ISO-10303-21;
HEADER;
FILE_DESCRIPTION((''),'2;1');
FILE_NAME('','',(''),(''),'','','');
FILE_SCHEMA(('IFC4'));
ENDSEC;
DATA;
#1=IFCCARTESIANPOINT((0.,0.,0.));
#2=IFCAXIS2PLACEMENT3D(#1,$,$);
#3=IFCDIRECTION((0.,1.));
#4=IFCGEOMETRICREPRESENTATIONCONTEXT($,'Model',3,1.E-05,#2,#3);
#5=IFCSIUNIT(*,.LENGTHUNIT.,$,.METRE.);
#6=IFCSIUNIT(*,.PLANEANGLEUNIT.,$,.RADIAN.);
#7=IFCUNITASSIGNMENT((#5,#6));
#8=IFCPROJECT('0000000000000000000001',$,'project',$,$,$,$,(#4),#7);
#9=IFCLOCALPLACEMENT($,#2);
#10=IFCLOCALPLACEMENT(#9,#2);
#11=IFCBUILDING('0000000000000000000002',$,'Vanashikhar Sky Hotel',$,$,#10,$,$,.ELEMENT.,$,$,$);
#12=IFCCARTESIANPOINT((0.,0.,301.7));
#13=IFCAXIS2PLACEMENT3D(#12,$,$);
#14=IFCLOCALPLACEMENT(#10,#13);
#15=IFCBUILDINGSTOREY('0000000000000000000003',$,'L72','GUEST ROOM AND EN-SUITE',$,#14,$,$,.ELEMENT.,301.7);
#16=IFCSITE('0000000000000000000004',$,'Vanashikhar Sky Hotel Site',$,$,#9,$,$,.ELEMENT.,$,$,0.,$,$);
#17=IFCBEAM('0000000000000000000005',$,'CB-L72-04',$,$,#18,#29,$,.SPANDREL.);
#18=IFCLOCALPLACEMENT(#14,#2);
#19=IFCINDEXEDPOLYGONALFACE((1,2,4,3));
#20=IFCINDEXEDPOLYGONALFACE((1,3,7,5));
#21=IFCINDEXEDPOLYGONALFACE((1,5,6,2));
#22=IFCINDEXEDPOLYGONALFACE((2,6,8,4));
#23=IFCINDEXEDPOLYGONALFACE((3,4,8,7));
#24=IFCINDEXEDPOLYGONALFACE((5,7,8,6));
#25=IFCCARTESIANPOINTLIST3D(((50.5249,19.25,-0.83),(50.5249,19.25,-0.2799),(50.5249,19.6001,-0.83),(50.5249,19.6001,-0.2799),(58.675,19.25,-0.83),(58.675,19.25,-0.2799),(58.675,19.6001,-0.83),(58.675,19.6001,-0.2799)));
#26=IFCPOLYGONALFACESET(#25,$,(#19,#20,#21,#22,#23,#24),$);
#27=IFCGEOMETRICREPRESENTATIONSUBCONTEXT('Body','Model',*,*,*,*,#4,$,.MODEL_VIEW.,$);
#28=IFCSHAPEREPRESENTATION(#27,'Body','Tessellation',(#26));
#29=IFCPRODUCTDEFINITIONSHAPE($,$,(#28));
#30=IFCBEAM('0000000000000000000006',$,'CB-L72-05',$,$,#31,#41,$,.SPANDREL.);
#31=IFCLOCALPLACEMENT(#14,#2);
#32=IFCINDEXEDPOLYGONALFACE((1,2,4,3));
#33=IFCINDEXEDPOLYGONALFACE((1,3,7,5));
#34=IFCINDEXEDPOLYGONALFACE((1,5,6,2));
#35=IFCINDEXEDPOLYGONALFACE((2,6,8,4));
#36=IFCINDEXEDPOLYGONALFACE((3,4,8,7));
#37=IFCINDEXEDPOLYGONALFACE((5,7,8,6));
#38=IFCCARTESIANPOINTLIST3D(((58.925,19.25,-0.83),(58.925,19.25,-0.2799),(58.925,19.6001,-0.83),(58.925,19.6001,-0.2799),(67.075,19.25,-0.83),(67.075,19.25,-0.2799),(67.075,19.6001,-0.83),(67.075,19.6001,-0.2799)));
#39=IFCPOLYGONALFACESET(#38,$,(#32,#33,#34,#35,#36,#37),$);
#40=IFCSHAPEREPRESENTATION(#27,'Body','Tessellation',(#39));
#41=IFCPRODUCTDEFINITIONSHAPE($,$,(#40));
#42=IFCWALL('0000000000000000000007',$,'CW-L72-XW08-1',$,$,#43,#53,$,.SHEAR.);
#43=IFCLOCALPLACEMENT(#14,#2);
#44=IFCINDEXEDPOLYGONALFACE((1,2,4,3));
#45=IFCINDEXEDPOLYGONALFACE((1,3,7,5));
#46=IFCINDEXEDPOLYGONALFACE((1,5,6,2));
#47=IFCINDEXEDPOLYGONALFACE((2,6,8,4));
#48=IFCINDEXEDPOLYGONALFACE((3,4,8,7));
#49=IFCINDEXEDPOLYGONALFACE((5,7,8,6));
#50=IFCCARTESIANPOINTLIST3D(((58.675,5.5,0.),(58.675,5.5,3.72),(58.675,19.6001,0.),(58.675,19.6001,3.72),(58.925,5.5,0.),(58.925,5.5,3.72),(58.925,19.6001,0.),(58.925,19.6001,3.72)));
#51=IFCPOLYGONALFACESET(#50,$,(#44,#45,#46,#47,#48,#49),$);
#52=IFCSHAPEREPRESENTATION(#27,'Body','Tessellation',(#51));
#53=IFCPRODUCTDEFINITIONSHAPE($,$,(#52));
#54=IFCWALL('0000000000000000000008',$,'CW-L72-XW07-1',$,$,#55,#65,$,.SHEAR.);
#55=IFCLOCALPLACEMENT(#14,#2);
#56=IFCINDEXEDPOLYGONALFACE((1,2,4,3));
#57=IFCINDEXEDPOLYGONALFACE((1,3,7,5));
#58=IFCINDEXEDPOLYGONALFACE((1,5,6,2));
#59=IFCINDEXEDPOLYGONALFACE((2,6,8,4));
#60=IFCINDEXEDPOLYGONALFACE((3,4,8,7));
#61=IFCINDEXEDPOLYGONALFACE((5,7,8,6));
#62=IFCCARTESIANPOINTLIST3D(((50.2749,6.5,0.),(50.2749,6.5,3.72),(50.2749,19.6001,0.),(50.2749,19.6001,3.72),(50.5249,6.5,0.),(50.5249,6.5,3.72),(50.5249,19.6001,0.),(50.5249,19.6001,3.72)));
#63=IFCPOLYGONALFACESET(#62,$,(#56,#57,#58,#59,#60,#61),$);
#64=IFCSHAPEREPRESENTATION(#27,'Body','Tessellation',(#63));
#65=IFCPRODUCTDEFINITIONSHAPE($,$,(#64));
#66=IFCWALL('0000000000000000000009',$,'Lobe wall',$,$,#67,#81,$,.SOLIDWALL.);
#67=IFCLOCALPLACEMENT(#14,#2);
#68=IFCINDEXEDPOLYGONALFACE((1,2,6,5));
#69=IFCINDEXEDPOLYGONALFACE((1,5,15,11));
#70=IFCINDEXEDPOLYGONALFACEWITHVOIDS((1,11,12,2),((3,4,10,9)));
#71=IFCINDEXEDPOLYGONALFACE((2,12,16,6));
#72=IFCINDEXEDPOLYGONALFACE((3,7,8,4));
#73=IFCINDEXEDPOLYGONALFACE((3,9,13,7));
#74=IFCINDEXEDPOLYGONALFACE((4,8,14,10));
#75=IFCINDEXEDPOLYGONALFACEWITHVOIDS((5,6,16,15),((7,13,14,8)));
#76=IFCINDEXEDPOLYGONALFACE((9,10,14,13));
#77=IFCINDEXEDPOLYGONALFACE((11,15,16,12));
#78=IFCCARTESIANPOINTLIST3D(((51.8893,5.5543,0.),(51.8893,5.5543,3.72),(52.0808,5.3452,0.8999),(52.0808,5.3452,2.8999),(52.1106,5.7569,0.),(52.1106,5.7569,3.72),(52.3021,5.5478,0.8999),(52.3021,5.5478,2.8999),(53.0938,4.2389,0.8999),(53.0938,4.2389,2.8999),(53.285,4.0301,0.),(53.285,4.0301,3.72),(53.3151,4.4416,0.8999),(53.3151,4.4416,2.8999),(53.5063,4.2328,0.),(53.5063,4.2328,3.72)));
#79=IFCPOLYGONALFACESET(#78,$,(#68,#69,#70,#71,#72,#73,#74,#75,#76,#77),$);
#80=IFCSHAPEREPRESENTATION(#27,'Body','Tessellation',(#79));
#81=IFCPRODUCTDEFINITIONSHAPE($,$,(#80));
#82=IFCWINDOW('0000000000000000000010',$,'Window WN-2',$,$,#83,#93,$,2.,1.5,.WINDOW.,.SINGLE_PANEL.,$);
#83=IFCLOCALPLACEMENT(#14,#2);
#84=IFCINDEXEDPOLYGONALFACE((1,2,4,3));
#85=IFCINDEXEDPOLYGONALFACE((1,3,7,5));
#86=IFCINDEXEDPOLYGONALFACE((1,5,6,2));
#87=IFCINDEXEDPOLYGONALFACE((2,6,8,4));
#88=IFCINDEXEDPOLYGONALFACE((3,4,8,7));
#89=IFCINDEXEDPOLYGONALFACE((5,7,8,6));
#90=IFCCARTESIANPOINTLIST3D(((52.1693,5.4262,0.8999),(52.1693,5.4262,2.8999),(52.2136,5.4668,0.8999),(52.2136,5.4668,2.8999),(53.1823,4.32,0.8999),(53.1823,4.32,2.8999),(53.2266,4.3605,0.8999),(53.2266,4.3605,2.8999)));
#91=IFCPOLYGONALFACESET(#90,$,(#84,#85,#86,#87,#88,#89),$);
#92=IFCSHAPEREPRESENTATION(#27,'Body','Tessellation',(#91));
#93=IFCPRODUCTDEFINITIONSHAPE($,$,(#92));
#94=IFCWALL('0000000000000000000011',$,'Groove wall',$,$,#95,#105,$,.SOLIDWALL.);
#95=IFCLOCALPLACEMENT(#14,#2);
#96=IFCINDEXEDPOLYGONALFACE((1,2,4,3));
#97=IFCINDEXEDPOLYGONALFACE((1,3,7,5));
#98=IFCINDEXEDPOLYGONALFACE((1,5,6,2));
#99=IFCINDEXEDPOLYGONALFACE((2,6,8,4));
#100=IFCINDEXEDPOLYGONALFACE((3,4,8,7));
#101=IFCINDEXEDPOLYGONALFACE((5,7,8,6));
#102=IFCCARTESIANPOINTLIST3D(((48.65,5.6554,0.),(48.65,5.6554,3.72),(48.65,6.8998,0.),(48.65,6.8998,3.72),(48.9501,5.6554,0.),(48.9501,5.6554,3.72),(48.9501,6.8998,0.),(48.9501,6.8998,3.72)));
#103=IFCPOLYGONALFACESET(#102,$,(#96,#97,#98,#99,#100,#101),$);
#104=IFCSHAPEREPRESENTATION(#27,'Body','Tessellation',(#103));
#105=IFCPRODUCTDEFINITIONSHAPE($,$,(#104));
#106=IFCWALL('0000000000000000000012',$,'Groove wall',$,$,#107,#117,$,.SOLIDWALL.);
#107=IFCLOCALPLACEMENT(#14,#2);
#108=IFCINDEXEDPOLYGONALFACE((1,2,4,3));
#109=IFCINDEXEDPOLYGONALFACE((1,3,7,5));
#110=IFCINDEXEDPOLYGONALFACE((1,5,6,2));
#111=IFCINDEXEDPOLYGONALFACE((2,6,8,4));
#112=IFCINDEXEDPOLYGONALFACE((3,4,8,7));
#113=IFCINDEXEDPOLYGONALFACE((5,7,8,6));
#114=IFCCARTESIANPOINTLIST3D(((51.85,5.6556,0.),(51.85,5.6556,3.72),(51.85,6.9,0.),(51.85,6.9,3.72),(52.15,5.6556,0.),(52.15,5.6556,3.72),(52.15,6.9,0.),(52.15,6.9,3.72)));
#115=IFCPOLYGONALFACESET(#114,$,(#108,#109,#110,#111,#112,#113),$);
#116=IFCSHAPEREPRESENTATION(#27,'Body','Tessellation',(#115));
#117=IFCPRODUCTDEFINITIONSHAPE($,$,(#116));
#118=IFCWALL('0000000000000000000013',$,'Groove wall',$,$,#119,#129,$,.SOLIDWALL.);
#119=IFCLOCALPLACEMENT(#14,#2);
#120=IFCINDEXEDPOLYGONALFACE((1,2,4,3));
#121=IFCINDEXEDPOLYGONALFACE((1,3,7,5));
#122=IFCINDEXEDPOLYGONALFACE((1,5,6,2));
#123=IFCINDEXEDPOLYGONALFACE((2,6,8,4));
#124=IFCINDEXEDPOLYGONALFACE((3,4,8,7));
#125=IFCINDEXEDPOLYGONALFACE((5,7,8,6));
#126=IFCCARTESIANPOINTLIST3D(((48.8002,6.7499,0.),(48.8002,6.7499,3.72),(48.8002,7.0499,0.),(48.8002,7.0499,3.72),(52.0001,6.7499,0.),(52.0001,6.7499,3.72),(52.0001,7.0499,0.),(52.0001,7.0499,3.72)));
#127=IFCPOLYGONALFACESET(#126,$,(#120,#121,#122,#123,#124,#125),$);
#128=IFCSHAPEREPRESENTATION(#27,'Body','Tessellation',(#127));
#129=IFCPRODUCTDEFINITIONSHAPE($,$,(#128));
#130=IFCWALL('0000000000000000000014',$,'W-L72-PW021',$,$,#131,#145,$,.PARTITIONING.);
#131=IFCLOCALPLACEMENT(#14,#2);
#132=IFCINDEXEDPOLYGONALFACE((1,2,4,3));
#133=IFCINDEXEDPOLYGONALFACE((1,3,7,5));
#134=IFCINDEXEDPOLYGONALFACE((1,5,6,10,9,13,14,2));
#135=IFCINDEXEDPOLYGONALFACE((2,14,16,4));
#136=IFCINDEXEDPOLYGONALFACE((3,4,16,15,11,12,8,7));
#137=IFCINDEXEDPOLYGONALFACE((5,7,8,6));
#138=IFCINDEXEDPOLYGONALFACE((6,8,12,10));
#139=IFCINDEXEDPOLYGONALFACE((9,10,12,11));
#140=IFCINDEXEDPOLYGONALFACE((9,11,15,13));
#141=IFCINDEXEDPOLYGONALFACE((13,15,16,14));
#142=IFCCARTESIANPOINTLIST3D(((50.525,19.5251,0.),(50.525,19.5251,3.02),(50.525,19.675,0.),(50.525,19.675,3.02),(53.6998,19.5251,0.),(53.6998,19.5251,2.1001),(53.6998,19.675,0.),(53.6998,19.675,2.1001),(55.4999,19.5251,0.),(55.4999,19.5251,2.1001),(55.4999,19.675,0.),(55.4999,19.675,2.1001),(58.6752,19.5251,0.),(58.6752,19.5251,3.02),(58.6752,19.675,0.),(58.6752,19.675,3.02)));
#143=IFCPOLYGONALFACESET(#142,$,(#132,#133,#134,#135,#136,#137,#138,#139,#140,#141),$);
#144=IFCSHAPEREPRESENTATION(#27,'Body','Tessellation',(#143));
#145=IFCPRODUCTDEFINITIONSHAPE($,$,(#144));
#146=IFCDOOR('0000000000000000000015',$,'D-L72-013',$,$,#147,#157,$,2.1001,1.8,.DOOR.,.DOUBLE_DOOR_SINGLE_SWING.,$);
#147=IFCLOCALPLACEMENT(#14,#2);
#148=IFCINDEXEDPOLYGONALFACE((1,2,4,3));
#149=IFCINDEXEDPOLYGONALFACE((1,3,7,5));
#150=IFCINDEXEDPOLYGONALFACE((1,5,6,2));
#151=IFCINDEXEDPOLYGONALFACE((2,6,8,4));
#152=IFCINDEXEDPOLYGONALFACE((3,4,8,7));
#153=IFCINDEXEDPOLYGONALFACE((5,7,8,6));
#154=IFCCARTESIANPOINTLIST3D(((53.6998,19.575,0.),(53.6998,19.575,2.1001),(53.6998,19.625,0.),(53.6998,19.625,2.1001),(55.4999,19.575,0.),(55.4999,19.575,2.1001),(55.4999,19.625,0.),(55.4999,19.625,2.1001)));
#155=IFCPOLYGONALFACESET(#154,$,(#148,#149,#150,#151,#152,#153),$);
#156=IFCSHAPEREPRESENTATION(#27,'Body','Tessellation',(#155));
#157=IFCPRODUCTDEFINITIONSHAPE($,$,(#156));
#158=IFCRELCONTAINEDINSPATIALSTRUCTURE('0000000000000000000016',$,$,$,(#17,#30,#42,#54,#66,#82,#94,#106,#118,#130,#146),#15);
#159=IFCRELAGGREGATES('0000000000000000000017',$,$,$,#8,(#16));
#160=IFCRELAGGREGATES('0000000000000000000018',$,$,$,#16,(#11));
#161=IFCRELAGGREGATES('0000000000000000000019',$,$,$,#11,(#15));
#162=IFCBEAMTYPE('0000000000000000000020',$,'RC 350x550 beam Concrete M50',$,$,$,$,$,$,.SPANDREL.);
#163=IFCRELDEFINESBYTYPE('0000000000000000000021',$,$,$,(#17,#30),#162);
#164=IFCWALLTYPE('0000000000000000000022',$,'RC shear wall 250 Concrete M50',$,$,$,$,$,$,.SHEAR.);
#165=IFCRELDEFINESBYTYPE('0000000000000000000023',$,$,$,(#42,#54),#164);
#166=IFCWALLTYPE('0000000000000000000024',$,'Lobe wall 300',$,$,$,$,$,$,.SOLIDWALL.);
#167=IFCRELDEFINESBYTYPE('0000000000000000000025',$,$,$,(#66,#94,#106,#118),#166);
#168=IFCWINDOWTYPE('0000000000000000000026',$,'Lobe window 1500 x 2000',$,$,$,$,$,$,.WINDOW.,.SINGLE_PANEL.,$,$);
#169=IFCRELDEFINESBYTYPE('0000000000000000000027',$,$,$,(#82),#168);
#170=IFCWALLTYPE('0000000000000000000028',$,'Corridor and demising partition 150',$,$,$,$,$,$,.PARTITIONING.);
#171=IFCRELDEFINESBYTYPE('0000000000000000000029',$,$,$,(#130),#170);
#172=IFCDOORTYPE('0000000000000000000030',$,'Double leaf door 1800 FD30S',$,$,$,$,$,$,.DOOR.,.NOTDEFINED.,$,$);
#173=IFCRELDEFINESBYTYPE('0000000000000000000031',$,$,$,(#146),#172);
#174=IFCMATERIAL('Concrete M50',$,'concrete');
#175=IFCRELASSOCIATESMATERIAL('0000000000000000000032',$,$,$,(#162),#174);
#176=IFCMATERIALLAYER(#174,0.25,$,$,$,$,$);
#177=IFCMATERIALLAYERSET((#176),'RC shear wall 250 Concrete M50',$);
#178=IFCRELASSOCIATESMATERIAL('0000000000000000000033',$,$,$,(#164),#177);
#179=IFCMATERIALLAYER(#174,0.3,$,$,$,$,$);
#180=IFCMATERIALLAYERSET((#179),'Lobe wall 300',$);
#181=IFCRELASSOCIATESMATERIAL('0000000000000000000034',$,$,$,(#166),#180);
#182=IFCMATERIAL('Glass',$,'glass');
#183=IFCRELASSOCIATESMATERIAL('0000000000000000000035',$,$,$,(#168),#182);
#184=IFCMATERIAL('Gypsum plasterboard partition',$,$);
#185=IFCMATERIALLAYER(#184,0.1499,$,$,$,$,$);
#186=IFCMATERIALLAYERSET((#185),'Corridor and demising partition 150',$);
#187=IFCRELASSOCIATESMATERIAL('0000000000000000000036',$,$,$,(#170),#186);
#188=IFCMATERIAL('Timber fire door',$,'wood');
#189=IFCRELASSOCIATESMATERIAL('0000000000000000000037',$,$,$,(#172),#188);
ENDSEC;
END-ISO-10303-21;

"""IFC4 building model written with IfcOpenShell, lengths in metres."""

from ifc_helpers import new_model, si_unit, direction, frame, frame_2d, origin, origin_2d, place, context, subcontext, project, spatial, rectangle, extrude, source, transform, mapped, material, layer, layer_set, material_profile, profile_set, type_object, element, fill, save


model = new_model("IFC4")

# Units and contexts
model_context = context("Model", 3, precision=1e-05, world=origin(), true_north=direction((0.0, 1.0)))
body_context = subcontext(model_context, "Body", "Model", "MODEL_VIEW")
ifc_project = project(units=[si_unit("LENGTHUNIT", "METRE"), si_unit("PLANEANGLEUNIT", "RADIAN")], contexts=[model_context])

# Site, building, storey
site_placement = place(None, origin())
site = spatial("IfcSite", under=ifc_project, at=site_placement, Name="Vanashikhar Sky Hotel Site", CompositionType="ELEMENT", RefElevation=0.0)
building_placement = place(site_placement, origin())
building = spatial("IfcBuilding", under=site, at=building_placement, Name="Vanashikhar Sky Hotel", CompositionType="ELEMENT")
storey_placement = place(building_placement, frame((0.0, 0.0, 301.7)))
storey = spatial("IfcBuildingStorey", under=building, at=storey_placement, Name="L72", Description="GUEST ROOM AND EN-SUITE", CompositionType="ELEMENT", Elevation=301.7)

# Beams
ifc_material_1 = material(Name="Concrete M50", Category="concrete")
ifc_material_profile_1 = material_profile(ifc_material_1, rectangle(XDim=0.3501, YDim=0.55, at=origin_2d()))
ifc_profile_set_1 = profile_set([ifc_material_profile_1], Name="RC 350x550 beam Concrete M50")
beam_type = type_object("IfcBeamType", Name="RC 350x550 beam Concrete M50", PredefinedType="SPANDREL", material=ifc_profile_set_1)
shared_shape_1 = source(origin(), body_context, "Body", "SweptSolid", [
    extrude(rectangle(XDim=0.3501, YDim=0.55, at=origin_2d()), origin(), (0.0, 0.0, 1.0), 8.1501),
])
beam_1_placement = place(storey_placement, frame((50.5249, 19.425, -0.5549), z_axis=(1.0, 0.0, 0.0), x_axis=(0.0, 1.0, 0.0)))
element("IfcBeam", 1, at=beam_1_placement, inside=storey, type_object=beam_type, Name="CB-L72-04", PredefinedType="SPANDREL", context=body_context, shape_type="MappedRepresentation", body=[
    mapped(shared_shape_1, transform((0.0, 0.0, 0.0), scale=1.0)),
])
shared_shape_2 = source(origin(), body_context, "Body", "SweptSolid", [
    extrude(rectangle(XDim=0.3501, YDim=0.55, at=origin_2d()), origin(), (0.0, 0.0, 1.0), 8.1499),
])
beam_2_placement = place(storey_placement, frame((58.925, 19.425, -0.5549), z_axis=(1.0, 0.0, 0.0), x_axis=(0.0, 1.0, 0.0)))
element("IfcBeam", 2, at=beam_2_placement, inside=storey, type_object=beam_type, Name="CB-L72-05", PredefinedType="SPANDREL", context=body_context, shape_type="MappedRepresentation", body=[
    mapped(shared_shape_2, transform((0.0, 0.0, 0.0), scale=1.0)),
])

# Walls
ifc_layer_1 = layer(ifc_material_1, 0.25)
ifc_layer_set_1 = layer_set([ifc_layer_1], Name="RC shear wall 250 Concrete M50")
wall_type_1 = type_object("IfcWallType", Name="RC shear wall 250 Concrete M50", PredefinedType="SHEAR", material=ifc_layer_set_1)
shared_shape_3 = source(origin(), body_context, "Body", "SweptSolid", [
    extrude(rectangle(XDim=14.1001, YDim=0.25, at=frame_2d((7.05, 0.0))), origin(), (0.0, 0.0, 1.0), 3.72),
])
wall_1_placement = place(storey_placement, frame((58.8, 5.5, 0.0), z_axis=(0.0, 0.0, 1.0), x_axis=(0.0, 1.0, 0.0)))
element("IfcWall", 3, at=wall_1_placement, inside=storey, type_object=wall_type_1, Name="CW-L72-XW08-1", PredefinedType="SHEAR", context=body_context, shape_type="MappedRepresentation", body=[
    mapped(shared_shape_3, transform((0.0, 0.0, 0.0), scale=1.0)),
])
shared_shape_4 = source(origin(), body_context, "Body", "SweptSolid", [
    extrude(rectangle(XDim=13.1001, YDim=0.25, at=frame_2d((6.55, 0.0))), origin(), (0.0, 0.0, 1.0), 3.72),
])
wall_2_placement = place(storey_placement, frame((50.3999, 6.5, 0.0), z_axis=(0.0, 0.0, 1.0), x_axis=(0.0, 1.0, 0.0)))
element("IfcWall", 4, at=wall_2_placement, inside=storey, type_object=wall_type_1, Name="CW-L72-XW07-1", PredefinedType="SHEAR", context=body_context, shape_type="MappedRepresentation", body=[
    mapped(shared_shape_4, transform((0.0, 0.0, 0.0), scale=1.0)),
])

# Wall, opening, window
ifc_layer_2 = layer(ifc_material_1, 0.3)
ifc_layer_set_2 = layer_set([ifc_layer_2], Name="Lobe wall 300")
wall_type_2 = type_object("IfcWallType", Name="Lobe wall 300", PredefinedType="SOLIDWALL", material=ifc_layer_set_2)
shared_shape_5 = source(origin(), body_context, "Body", "SweptSolid", [
    extrude(rectangle(XDim=2.0667, YDim=0.3, at=frame_2d((1.0332, 0.0))), origin(), (0.0, 0.0, 1.0), 3.72),
])
wall_3_placement = place(storey_placement, frame((52.0, 5.6555, 0.0), z_axis=(0.0, 0.0, 1.0), x_axis=(0.675355, -0.737492, 0.0)))
wall_3 = element("IfcWall", 5, at=wall_3_placement, inside=storey, type_object=wall_type_2, Name="Lobe wall", PredefinedType="SOLIDWALL", context=body_context, shape_type="MappedRepresentation", body=[
    mapped(shared_shape_5, transform((0.0, 0.0, 0.0), scale=1.0)),
])
shared_shape_6 = source(origin(), body_context, "Body", "SweptSolid", [
    extrude(rectangle(XDim=1.5, YDim=2.0, at=frame_2d((0.75, 1.0))), frame((0.0, 0.1602, 0.0), z_axis=(0.0, -1.0, 0.0), x_axis=(1.0, 0.0, 0.0)), (0.0, 0.0, 1.0), 0.3201),
])
opening_1_placement = place(wall_3_placement, frame((0.2834, 0.0, 0.8999)))
opening_1 = element("IfcOpeningElement", 6, at=opening_1_placement, cuts=wall_3, PredefinedType="OPENING", context=body_context, shape_type="MappedRepresentation", body=[
    mapped(shared_shape_6, transform((0.0, 0.0, 0.0), scale=1.0)),
])
ifc_material_2 = material(Name="Glass", Category="glass")
window_type = type_object("IfcWindowType", Name="Lobe window 1500 x 2000", PartitioningType="SINGLE_PANEL", PredefinedType="WINDOW", material=ifc_material_2)
shared_shape_7 = source(origin(), body_context, "Body", "SweptSolid", [
    extrude(rectangle(XDim=1.5, YDim=2.0, at=frame_2d((0.75, 1.0))), frame((0.0, 0.03, 0.0), z_axis=(0.0, -1.0, 0.0), x_axis=(1.0, 0.0, 0.0)), (0.0, 0.0, 1.0), 0.0601),
])
window_placement = place(opening_1_placement, origin())
window = element("IfcWindow", 7, at=window_placement, inside=storey, type_object=window_type, Name="Window WN-2", OverallHeight=2.0, OverallWidth=1.5, PartitioningType="SINGLE_PANEL", PredefinedType="WINDOW", context=body_context, shape_type="MappedRepresentation", body=[
    mapped(shared_shape_7, transform((0.0, 0.0, 0.0), scale=1.0)),
])
fill(opening_1, window)

# Walls
shared_shape_8 = source(origin(), body_context, "Body", "SweptSolid", [
    extrude(rectangle(XDim=1.2444, YDim=0.3, at=frame_2d((0.6221, 0.0))), origin(), (0.0, 0.0, 1.0), 3.72),
])
for number, where, z_axis, x_axis, name in (
    (8, (48.8, 5.6555, 0.0), (0.0, 0.0, 1.0), (0.0, 1.0, 0.0), "Groove wall"),
    (9, (52.0, 6.8999, 0.0), (0.0, 0.0, 1.0), (0.0, -1.0, 0.0), "Groove wall"),
):
    element("IfcWall", number, at=place(storey_placement, frame(where, z_axis=z_axis, x_axis=x_axis)), inside=storey, type_object=wall_type_2, Name=name, PredefinedType="SOLIDWALL", context=body_context, shape_type="MappedRepresentation", body=[
        mapped(shared_shape_8, transform((0.0, 0.0, 0.0), scale=1.0)),
    ])
shared_shape_9 = source(origin(), body_context, "Body", "SweptSolid", [
    extrude(rectangle(XDim=3.2, YDim=0.3, at=frame_2d((1.6001, 0.0))), origin(), (0.0, 0.0, 1.0), 3.72),
])
wall_4_placement = place(storey_placement, frame((48.8, 6.8999, 0.0), z_axis=(0.0, 0.0, 1.0), x_axis=(1.0, 0.0, 0.0)))
element("IfcWall", 10, at=wall_4_placement, inside=storey, type_object=wall_type_2, Name="Groove wall", PredefinedType="SOLIDWALL", context=body_context, shape_type="MappedRepresentation", body=[
    mapped(shared_shape_9, transform((0.0, 0.0, 0.0), scale=1.0)),
])

# Wall, opening, door
ifc_material_3 = material(Name="Gypsum plasterboard partition")
ifc_layer_3 = layer(ifc_material_3, 0.1499)
ifc_layer_set_3 = layer_set([ifc_layer_3], Name="Corridor and demising partition 150")
wall_type_3 = type_object("IfcWallType", Name="Corridor and demising partition 150", PredefinedType="PARTITIONING", material=ifc_layer_set_3)
shared_shape_10 = source(origin(), body_context, "Body", "SweptSolid", [
    extrude(rectangle(XDim=8.1501, YDim=0.1499, at=frame_2d((4.0752, 0.0))), origin(), (0.0, 0.0, 1.0), 3.02),
])
wall_5_placement = place(storey_placement, frame((50.5249, 19.6001, 0.0), z_axis=(0.0, 0.0, 1.0), x_axis=(1.0, 0.0, 0.0)))
wall_5 = element("IfcWall", 11, at=wall_5_placement, inside=storey, type_object=wall_type_3, Name="W-L72-PW021", PredefinedType="PARTITIONING", context=body_context, shape_type="MappedRepresentation", body=[
    mapped(shared_shape_10, transform((0.0, 0.0, 0.0), scale=1.0)),
])
shared_shape_11 = source(origin(), body_context, "Body", "SweptSolid", [
    extrude(rectangle(XDim=1.8, YDim=2.1001, at=frame_2d((0.8999, 1.05))), frame((0.0, 0.085, 0.0), z_axis=(0.0, -1.0, 0.0), x_axis=(1.0, 0.0, 0.0)), (0.0, 0.0, 1.0), 0.1699),
])
opening_2_placement = place(wall_5_placement, frame((3.175, 0.0, 0.0)))
opening_2 = element("IfcOpeningElement", 12, at=opening_2_placement, cuts=wall_5, PredefinedType="OPENING", context=body_context, shape_type="MappedRepresentation", body=[
    mapped(shared_shape_11, transform((0.0, 0.0, 0.0), scale=1.0)),
])
ifc_material_4 = material(Name="Timber fire door", Category="wood")
door_type_1 = type_object("IfcDoorType", Name="Double leaf door 1800 FD30S", OperationType="NOTDEFINED", PredefinedType="DOOR", material=ifc_material_4)
shared_shape_12 = source(origin(), body_context, "Body", "SweptSolid", [
    extrude(rectangle(XDim=1.8, YDim=2.1001, at=frame_2d((0.8999, 1.05))), frame((0.0, 0.0249, 0.0), z_axis=(0.0, -1.0, 0.0), x_axis=(1.0, 0.0, 0.0)), (0.0, 0.0, 1.0), 0.05),
])
door_1_placement = place(opening_2_placement, origin())
door_1 = element("IfcDoor", 13, at=door_1_placement, inside=storey, type_object=door_type_1, Name="D-L72-013", OperationType="DOUBLE_DOOR_SINGLE_SWING", OverallHeight=2.1001, OverallWidth=1.8, PredefinedType="DOOR", context=body_context, shape_type="MappedRepresentation", body=[
    mapped(shared_shape_12, transform((0.0, 0.0, 0.0), scale=1.0)),
])
fill(opening_2, door_1)

save(model, "model.ifc")
